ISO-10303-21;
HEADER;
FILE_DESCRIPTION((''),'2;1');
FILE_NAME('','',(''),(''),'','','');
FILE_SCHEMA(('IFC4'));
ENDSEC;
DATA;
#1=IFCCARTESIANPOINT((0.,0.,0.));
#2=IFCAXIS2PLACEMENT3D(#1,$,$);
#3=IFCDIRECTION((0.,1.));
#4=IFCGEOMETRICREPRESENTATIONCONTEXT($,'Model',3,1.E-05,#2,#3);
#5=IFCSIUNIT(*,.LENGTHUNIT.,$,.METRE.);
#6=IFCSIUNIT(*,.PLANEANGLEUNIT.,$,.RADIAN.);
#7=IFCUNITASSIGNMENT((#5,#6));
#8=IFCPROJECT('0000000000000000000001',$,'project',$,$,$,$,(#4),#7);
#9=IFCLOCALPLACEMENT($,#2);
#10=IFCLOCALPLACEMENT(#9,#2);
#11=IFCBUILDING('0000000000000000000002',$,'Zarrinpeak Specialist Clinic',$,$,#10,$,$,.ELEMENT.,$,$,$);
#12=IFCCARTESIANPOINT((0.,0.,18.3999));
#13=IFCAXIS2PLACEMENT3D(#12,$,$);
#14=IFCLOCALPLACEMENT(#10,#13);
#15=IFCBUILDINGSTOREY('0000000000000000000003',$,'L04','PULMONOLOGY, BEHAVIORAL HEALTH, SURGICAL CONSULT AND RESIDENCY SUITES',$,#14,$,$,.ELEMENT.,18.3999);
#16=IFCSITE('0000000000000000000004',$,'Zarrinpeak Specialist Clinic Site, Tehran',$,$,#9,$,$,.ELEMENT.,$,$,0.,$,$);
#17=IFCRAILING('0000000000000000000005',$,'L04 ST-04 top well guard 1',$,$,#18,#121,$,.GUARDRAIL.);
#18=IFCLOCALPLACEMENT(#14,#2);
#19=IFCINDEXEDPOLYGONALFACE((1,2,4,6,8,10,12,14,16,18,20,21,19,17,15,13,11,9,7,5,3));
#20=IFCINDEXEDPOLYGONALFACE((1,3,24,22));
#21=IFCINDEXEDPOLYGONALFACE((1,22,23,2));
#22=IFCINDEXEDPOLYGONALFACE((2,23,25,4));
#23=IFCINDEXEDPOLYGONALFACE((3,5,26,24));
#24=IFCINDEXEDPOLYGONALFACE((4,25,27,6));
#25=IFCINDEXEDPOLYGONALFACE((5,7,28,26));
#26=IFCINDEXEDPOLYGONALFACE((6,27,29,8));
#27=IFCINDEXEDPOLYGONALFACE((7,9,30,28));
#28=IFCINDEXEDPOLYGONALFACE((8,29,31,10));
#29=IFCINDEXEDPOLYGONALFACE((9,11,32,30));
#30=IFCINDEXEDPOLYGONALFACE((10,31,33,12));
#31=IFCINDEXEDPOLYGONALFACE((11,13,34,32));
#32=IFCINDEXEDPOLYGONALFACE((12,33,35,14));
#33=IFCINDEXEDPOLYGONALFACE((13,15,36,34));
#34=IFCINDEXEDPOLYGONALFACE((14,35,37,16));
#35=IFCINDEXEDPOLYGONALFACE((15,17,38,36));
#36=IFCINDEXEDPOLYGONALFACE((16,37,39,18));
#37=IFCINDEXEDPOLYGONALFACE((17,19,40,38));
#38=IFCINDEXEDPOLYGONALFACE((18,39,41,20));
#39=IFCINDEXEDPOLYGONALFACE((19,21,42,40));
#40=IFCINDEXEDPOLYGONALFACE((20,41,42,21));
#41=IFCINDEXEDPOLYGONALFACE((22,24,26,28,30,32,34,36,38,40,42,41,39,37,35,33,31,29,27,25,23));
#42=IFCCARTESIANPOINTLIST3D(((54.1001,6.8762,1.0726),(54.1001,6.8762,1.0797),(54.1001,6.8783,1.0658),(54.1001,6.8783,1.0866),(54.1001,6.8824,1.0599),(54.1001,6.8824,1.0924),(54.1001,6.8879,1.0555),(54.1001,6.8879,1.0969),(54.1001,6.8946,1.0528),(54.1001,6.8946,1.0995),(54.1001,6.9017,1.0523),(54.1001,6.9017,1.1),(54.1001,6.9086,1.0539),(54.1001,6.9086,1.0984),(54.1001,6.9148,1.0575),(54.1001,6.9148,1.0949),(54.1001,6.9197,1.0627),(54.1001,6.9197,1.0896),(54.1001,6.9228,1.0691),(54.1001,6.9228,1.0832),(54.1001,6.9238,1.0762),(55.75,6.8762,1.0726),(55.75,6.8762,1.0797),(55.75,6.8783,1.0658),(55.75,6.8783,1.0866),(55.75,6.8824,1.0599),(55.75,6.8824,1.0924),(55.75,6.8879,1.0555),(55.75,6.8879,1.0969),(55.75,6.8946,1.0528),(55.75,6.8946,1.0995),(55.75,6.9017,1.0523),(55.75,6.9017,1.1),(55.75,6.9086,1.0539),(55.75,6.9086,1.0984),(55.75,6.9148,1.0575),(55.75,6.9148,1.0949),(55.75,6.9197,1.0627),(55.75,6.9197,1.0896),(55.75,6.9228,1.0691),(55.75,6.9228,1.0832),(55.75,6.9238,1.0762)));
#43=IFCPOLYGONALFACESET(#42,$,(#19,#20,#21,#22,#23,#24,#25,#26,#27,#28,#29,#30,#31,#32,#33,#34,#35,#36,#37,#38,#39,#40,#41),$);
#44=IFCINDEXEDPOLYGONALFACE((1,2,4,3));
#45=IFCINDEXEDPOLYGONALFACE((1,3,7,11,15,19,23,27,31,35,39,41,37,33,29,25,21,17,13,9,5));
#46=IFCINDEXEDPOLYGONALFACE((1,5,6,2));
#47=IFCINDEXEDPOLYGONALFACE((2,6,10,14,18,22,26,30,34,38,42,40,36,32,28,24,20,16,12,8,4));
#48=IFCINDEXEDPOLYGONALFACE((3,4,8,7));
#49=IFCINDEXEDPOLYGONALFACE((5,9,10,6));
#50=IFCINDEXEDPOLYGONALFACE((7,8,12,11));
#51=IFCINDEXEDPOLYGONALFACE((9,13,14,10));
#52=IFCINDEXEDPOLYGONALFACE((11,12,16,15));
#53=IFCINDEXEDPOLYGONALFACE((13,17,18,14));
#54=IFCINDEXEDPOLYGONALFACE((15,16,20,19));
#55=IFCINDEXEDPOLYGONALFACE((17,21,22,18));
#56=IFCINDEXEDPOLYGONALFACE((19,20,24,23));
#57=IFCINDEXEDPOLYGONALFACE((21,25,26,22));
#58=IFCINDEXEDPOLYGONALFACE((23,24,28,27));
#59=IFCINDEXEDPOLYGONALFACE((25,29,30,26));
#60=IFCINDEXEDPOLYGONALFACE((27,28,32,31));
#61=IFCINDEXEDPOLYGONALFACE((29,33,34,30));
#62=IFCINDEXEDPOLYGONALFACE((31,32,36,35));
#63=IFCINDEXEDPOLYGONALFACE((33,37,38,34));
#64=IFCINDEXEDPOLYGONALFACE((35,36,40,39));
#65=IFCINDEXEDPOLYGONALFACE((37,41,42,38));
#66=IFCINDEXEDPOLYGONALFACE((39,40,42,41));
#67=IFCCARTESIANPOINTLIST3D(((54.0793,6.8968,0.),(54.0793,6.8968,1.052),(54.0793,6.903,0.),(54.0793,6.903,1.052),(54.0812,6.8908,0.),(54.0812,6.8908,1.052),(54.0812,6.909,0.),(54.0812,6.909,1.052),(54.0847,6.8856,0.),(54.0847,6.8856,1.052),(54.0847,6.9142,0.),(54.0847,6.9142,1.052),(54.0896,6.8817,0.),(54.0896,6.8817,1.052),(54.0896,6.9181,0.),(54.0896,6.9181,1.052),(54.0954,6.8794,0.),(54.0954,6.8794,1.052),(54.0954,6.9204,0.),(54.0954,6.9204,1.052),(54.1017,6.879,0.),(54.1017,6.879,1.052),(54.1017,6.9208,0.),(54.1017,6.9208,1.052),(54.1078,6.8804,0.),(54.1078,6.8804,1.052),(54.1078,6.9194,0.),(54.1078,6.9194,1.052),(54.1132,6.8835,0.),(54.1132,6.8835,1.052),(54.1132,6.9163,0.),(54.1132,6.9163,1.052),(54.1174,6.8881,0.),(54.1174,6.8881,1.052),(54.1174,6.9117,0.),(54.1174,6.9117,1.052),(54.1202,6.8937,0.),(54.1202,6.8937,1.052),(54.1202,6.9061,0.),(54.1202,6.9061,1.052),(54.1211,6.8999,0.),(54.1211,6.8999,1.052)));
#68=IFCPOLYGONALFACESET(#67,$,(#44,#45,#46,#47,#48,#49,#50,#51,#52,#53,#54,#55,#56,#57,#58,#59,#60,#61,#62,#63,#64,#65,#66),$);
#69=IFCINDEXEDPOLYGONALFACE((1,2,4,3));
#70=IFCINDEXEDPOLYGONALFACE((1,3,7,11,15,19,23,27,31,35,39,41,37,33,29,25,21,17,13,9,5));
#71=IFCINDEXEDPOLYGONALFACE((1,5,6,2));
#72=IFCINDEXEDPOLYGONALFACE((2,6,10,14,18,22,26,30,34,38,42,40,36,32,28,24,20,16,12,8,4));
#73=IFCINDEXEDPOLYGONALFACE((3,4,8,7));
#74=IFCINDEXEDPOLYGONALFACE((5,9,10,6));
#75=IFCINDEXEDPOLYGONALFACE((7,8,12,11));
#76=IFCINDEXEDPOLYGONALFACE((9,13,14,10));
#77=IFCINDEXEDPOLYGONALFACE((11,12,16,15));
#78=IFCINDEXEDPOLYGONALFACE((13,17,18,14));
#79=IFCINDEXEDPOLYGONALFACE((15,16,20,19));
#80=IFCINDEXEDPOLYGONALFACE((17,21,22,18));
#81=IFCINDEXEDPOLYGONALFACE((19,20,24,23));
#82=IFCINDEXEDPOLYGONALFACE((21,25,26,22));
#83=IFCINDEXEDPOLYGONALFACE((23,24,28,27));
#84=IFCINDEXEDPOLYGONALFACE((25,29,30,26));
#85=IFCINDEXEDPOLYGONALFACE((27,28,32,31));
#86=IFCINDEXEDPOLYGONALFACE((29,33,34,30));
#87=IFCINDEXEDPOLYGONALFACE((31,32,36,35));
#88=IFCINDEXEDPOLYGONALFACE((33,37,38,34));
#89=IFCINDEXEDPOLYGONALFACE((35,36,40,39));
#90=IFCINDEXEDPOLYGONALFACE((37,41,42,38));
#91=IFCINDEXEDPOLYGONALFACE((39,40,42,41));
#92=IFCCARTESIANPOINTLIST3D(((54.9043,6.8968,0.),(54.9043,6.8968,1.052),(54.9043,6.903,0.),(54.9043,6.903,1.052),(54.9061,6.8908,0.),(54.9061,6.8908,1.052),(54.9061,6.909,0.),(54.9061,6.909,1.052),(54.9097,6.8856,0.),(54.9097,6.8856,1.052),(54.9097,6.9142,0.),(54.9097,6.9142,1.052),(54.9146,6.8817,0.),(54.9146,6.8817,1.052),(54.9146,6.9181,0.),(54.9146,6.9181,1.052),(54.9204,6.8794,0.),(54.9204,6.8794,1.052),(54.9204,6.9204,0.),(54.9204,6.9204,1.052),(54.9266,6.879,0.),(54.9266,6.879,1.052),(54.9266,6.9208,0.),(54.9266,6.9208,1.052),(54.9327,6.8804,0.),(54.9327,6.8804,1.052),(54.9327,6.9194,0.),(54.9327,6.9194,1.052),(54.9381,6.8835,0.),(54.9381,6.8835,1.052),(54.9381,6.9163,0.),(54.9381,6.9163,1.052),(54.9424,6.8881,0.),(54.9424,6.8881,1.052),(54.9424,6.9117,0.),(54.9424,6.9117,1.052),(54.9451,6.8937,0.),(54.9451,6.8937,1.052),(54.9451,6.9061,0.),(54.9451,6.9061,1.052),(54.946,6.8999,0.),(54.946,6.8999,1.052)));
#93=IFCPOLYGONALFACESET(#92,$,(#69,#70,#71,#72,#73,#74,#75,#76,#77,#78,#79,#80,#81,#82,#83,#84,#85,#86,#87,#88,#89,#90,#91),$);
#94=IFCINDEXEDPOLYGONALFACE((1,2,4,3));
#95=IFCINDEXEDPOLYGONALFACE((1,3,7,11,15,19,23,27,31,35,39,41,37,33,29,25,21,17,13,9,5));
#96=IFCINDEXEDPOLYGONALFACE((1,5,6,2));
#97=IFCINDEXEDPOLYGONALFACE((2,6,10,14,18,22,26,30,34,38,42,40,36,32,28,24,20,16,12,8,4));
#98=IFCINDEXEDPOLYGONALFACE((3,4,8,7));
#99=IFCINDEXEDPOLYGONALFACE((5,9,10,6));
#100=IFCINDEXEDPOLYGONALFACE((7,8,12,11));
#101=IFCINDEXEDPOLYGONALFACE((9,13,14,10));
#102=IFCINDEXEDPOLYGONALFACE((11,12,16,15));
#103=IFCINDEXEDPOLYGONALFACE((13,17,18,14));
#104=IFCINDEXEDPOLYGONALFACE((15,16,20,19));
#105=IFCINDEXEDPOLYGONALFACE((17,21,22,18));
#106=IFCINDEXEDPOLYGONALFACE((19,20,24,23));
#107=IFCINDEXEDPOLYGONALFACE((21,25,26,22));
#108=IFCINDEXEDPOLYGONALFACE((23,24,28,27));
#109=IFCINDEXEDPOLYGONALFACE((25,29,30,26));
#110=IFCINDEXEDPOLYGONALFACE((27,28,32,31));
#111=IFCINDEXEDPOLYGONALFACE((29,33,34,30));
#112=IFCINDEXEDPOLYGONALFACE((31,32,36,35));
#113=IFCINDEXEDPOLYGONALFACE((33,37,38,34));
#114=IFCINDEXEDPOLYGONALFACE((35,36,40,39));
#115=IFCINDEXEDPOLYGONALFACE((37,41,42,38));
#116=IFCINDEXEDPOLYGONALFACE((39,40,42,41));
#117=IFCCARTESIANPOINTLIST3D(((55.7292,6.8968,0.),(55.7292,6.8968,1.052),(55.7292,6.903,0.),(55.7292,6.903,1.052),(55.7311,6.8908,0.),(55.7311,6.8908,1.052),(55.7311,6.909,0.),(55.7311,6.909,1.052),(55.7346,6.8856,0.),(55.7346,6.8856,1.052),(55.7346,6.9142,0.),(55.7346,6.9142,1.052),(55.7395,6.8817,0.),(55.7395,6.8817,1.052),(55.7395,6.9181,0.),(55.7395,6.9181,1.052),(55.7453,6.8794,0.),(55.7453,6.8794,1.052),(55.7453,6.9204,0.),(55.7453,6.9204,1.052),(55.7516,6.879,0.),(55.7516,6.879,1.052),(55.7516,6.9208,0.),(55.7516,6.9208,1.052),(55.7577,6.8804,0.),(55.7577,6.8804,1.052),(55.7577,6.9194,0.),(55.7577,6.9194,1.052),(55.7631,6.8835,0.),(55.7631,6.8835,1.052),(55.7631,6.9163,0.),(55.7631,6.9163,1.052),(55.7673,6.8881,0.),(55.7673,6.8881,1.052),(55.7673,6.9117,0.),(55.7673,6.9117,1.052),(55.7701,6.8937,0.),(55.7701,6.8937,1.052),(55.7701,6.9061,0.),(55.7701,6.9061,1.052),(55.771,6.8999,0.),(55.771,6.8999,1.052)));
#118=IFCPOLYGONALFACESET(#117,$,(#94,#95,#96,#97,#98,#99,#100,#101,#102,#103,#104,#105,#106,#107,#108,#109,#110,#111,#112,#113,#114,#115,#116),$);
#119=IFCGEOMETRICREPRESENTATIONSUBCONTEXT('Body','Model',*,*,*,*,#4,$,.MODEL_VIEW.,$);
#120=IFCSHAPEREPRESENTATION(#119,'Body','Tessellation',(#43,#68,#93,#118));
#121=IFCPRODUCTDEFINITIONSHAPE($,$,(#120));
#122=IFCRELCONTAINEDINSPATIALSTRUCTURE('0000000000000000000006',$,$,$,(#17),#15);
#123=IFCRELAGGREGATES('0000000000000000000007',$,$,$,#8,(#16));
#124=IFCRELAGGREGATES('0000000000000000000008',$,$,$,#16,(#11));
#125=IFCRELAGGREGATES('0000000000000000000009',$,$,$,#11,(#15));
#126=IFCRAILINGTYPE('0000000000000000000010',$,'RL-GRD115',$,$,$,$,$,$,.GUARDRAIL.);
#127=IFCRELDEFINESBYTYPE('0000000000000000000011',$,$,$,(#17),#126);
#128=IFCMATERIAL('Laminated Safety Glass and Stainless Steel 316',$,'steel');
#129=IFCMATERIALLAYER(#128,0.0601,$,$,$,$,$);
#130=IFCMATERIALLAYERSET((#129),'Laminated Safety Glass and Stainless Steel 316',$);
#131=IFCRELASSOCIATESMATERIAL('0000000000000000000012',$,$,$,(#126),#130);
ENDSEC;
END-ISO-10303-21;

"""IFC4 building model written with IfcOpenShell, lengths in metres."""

from ifc_helpers import new_model, si_unit, direction, frame, origin, origin_2d, place, context, subcontext, project, spatial, circle, extrude, material, layer, layer_set, type_object, element, save


model = new_model("IFC4")

# Units and contexts
model_context = context("Model", 3, precision=1e-05, world=origin(), true_north=direction((0.0, 1.0)))
body_context = subcontext(model_context, "Body", "Model", "MODEL_VIEW")
ifc_project = project(units=[si_unit("LENGTHUNIT", "METRE"), si_unit("PLANEANGLEUNIT", "RADIAN")], contexts=[model_context])

# Site, building, storey
site_placement = place(None, origin())
site = spatial("IfcSite", under=ifc_project, at=site_placement, Name="Zarrinpeak Specialist Clinic Site, Tehran", CompositionType="ELEMENT", RefElevation=0.0)
building_placement = place(site_placement, origin())
building = spatial("IfcBuilding", under=site, at=building_placement, Name="Zarrinpeak Specialist Clinic", CompositionType="ELEMENT")
storey_placement = place(building_placement, frame((0.0, 0.0, 18.3999)))
storey = spatial("IfcBuildingStorey", under=building, at=storey_placement, Name="L04", Description="PULMONOLOGY, BEHAVIORAL HEALTH, SURGICAL CONSULT AND RESIDENCY SUITES", CompositionType="ELEMENT", Elevation=18.3999)

# Railing
ifc_material_1 = material(Name="Laminated Safety Glass and Stainless Steel 316", Category="steel")
ifc_layer_1 = layer(ifc_material_1, 0.0601)
ifc_layer_set_1 = layer_set([ifc_layer_1], Name="Laminated Safety Glass and Stainless Steel 316")
railing_type = type_object("IfcRailingType", Name="RL-GRD115", PredefinedType="GUARDRAIL", material=ifc_layer_set_1)
railing_placement = place(storey_placement, frame((54.1001, 6.8999, 0.0)))
element("IfcRailing", 1, at=railing_placement, inside=storey, type_object=railing_type, Name="L04 ST-04 top well guard 1", PredefinedType="GUARDRAIL", context=body_context, shape_type="SweptSolid", body=[
    extrude(circle(Radius=0.0239, at=origin_2d()), frame((0.0, 0.0, 1.0762), z_axis=(1.0, 0.0, 0.0), x_axis=(0.0, 1.0, 0.0)), (0.0, 0.0, 1.0), 1.6499),
    extrude(circle(Radius=0.021, at=origin_2d()), origin(), (0.0, 0.0, 1.0), 1.052),
    extrude(circle(Radius=0.021, at=origin_2d()), frame((0.825, 0.0, 0.0)), (0.0, 0.0, 1.0), 1.052),
    extrude(circle(Radius=0.021, at=origin_2d()), frame((1.6499, 0.0, 0.0)), (0.0, 0.0, 1.0), 1.052),
])

save(model, "model.ifc")
